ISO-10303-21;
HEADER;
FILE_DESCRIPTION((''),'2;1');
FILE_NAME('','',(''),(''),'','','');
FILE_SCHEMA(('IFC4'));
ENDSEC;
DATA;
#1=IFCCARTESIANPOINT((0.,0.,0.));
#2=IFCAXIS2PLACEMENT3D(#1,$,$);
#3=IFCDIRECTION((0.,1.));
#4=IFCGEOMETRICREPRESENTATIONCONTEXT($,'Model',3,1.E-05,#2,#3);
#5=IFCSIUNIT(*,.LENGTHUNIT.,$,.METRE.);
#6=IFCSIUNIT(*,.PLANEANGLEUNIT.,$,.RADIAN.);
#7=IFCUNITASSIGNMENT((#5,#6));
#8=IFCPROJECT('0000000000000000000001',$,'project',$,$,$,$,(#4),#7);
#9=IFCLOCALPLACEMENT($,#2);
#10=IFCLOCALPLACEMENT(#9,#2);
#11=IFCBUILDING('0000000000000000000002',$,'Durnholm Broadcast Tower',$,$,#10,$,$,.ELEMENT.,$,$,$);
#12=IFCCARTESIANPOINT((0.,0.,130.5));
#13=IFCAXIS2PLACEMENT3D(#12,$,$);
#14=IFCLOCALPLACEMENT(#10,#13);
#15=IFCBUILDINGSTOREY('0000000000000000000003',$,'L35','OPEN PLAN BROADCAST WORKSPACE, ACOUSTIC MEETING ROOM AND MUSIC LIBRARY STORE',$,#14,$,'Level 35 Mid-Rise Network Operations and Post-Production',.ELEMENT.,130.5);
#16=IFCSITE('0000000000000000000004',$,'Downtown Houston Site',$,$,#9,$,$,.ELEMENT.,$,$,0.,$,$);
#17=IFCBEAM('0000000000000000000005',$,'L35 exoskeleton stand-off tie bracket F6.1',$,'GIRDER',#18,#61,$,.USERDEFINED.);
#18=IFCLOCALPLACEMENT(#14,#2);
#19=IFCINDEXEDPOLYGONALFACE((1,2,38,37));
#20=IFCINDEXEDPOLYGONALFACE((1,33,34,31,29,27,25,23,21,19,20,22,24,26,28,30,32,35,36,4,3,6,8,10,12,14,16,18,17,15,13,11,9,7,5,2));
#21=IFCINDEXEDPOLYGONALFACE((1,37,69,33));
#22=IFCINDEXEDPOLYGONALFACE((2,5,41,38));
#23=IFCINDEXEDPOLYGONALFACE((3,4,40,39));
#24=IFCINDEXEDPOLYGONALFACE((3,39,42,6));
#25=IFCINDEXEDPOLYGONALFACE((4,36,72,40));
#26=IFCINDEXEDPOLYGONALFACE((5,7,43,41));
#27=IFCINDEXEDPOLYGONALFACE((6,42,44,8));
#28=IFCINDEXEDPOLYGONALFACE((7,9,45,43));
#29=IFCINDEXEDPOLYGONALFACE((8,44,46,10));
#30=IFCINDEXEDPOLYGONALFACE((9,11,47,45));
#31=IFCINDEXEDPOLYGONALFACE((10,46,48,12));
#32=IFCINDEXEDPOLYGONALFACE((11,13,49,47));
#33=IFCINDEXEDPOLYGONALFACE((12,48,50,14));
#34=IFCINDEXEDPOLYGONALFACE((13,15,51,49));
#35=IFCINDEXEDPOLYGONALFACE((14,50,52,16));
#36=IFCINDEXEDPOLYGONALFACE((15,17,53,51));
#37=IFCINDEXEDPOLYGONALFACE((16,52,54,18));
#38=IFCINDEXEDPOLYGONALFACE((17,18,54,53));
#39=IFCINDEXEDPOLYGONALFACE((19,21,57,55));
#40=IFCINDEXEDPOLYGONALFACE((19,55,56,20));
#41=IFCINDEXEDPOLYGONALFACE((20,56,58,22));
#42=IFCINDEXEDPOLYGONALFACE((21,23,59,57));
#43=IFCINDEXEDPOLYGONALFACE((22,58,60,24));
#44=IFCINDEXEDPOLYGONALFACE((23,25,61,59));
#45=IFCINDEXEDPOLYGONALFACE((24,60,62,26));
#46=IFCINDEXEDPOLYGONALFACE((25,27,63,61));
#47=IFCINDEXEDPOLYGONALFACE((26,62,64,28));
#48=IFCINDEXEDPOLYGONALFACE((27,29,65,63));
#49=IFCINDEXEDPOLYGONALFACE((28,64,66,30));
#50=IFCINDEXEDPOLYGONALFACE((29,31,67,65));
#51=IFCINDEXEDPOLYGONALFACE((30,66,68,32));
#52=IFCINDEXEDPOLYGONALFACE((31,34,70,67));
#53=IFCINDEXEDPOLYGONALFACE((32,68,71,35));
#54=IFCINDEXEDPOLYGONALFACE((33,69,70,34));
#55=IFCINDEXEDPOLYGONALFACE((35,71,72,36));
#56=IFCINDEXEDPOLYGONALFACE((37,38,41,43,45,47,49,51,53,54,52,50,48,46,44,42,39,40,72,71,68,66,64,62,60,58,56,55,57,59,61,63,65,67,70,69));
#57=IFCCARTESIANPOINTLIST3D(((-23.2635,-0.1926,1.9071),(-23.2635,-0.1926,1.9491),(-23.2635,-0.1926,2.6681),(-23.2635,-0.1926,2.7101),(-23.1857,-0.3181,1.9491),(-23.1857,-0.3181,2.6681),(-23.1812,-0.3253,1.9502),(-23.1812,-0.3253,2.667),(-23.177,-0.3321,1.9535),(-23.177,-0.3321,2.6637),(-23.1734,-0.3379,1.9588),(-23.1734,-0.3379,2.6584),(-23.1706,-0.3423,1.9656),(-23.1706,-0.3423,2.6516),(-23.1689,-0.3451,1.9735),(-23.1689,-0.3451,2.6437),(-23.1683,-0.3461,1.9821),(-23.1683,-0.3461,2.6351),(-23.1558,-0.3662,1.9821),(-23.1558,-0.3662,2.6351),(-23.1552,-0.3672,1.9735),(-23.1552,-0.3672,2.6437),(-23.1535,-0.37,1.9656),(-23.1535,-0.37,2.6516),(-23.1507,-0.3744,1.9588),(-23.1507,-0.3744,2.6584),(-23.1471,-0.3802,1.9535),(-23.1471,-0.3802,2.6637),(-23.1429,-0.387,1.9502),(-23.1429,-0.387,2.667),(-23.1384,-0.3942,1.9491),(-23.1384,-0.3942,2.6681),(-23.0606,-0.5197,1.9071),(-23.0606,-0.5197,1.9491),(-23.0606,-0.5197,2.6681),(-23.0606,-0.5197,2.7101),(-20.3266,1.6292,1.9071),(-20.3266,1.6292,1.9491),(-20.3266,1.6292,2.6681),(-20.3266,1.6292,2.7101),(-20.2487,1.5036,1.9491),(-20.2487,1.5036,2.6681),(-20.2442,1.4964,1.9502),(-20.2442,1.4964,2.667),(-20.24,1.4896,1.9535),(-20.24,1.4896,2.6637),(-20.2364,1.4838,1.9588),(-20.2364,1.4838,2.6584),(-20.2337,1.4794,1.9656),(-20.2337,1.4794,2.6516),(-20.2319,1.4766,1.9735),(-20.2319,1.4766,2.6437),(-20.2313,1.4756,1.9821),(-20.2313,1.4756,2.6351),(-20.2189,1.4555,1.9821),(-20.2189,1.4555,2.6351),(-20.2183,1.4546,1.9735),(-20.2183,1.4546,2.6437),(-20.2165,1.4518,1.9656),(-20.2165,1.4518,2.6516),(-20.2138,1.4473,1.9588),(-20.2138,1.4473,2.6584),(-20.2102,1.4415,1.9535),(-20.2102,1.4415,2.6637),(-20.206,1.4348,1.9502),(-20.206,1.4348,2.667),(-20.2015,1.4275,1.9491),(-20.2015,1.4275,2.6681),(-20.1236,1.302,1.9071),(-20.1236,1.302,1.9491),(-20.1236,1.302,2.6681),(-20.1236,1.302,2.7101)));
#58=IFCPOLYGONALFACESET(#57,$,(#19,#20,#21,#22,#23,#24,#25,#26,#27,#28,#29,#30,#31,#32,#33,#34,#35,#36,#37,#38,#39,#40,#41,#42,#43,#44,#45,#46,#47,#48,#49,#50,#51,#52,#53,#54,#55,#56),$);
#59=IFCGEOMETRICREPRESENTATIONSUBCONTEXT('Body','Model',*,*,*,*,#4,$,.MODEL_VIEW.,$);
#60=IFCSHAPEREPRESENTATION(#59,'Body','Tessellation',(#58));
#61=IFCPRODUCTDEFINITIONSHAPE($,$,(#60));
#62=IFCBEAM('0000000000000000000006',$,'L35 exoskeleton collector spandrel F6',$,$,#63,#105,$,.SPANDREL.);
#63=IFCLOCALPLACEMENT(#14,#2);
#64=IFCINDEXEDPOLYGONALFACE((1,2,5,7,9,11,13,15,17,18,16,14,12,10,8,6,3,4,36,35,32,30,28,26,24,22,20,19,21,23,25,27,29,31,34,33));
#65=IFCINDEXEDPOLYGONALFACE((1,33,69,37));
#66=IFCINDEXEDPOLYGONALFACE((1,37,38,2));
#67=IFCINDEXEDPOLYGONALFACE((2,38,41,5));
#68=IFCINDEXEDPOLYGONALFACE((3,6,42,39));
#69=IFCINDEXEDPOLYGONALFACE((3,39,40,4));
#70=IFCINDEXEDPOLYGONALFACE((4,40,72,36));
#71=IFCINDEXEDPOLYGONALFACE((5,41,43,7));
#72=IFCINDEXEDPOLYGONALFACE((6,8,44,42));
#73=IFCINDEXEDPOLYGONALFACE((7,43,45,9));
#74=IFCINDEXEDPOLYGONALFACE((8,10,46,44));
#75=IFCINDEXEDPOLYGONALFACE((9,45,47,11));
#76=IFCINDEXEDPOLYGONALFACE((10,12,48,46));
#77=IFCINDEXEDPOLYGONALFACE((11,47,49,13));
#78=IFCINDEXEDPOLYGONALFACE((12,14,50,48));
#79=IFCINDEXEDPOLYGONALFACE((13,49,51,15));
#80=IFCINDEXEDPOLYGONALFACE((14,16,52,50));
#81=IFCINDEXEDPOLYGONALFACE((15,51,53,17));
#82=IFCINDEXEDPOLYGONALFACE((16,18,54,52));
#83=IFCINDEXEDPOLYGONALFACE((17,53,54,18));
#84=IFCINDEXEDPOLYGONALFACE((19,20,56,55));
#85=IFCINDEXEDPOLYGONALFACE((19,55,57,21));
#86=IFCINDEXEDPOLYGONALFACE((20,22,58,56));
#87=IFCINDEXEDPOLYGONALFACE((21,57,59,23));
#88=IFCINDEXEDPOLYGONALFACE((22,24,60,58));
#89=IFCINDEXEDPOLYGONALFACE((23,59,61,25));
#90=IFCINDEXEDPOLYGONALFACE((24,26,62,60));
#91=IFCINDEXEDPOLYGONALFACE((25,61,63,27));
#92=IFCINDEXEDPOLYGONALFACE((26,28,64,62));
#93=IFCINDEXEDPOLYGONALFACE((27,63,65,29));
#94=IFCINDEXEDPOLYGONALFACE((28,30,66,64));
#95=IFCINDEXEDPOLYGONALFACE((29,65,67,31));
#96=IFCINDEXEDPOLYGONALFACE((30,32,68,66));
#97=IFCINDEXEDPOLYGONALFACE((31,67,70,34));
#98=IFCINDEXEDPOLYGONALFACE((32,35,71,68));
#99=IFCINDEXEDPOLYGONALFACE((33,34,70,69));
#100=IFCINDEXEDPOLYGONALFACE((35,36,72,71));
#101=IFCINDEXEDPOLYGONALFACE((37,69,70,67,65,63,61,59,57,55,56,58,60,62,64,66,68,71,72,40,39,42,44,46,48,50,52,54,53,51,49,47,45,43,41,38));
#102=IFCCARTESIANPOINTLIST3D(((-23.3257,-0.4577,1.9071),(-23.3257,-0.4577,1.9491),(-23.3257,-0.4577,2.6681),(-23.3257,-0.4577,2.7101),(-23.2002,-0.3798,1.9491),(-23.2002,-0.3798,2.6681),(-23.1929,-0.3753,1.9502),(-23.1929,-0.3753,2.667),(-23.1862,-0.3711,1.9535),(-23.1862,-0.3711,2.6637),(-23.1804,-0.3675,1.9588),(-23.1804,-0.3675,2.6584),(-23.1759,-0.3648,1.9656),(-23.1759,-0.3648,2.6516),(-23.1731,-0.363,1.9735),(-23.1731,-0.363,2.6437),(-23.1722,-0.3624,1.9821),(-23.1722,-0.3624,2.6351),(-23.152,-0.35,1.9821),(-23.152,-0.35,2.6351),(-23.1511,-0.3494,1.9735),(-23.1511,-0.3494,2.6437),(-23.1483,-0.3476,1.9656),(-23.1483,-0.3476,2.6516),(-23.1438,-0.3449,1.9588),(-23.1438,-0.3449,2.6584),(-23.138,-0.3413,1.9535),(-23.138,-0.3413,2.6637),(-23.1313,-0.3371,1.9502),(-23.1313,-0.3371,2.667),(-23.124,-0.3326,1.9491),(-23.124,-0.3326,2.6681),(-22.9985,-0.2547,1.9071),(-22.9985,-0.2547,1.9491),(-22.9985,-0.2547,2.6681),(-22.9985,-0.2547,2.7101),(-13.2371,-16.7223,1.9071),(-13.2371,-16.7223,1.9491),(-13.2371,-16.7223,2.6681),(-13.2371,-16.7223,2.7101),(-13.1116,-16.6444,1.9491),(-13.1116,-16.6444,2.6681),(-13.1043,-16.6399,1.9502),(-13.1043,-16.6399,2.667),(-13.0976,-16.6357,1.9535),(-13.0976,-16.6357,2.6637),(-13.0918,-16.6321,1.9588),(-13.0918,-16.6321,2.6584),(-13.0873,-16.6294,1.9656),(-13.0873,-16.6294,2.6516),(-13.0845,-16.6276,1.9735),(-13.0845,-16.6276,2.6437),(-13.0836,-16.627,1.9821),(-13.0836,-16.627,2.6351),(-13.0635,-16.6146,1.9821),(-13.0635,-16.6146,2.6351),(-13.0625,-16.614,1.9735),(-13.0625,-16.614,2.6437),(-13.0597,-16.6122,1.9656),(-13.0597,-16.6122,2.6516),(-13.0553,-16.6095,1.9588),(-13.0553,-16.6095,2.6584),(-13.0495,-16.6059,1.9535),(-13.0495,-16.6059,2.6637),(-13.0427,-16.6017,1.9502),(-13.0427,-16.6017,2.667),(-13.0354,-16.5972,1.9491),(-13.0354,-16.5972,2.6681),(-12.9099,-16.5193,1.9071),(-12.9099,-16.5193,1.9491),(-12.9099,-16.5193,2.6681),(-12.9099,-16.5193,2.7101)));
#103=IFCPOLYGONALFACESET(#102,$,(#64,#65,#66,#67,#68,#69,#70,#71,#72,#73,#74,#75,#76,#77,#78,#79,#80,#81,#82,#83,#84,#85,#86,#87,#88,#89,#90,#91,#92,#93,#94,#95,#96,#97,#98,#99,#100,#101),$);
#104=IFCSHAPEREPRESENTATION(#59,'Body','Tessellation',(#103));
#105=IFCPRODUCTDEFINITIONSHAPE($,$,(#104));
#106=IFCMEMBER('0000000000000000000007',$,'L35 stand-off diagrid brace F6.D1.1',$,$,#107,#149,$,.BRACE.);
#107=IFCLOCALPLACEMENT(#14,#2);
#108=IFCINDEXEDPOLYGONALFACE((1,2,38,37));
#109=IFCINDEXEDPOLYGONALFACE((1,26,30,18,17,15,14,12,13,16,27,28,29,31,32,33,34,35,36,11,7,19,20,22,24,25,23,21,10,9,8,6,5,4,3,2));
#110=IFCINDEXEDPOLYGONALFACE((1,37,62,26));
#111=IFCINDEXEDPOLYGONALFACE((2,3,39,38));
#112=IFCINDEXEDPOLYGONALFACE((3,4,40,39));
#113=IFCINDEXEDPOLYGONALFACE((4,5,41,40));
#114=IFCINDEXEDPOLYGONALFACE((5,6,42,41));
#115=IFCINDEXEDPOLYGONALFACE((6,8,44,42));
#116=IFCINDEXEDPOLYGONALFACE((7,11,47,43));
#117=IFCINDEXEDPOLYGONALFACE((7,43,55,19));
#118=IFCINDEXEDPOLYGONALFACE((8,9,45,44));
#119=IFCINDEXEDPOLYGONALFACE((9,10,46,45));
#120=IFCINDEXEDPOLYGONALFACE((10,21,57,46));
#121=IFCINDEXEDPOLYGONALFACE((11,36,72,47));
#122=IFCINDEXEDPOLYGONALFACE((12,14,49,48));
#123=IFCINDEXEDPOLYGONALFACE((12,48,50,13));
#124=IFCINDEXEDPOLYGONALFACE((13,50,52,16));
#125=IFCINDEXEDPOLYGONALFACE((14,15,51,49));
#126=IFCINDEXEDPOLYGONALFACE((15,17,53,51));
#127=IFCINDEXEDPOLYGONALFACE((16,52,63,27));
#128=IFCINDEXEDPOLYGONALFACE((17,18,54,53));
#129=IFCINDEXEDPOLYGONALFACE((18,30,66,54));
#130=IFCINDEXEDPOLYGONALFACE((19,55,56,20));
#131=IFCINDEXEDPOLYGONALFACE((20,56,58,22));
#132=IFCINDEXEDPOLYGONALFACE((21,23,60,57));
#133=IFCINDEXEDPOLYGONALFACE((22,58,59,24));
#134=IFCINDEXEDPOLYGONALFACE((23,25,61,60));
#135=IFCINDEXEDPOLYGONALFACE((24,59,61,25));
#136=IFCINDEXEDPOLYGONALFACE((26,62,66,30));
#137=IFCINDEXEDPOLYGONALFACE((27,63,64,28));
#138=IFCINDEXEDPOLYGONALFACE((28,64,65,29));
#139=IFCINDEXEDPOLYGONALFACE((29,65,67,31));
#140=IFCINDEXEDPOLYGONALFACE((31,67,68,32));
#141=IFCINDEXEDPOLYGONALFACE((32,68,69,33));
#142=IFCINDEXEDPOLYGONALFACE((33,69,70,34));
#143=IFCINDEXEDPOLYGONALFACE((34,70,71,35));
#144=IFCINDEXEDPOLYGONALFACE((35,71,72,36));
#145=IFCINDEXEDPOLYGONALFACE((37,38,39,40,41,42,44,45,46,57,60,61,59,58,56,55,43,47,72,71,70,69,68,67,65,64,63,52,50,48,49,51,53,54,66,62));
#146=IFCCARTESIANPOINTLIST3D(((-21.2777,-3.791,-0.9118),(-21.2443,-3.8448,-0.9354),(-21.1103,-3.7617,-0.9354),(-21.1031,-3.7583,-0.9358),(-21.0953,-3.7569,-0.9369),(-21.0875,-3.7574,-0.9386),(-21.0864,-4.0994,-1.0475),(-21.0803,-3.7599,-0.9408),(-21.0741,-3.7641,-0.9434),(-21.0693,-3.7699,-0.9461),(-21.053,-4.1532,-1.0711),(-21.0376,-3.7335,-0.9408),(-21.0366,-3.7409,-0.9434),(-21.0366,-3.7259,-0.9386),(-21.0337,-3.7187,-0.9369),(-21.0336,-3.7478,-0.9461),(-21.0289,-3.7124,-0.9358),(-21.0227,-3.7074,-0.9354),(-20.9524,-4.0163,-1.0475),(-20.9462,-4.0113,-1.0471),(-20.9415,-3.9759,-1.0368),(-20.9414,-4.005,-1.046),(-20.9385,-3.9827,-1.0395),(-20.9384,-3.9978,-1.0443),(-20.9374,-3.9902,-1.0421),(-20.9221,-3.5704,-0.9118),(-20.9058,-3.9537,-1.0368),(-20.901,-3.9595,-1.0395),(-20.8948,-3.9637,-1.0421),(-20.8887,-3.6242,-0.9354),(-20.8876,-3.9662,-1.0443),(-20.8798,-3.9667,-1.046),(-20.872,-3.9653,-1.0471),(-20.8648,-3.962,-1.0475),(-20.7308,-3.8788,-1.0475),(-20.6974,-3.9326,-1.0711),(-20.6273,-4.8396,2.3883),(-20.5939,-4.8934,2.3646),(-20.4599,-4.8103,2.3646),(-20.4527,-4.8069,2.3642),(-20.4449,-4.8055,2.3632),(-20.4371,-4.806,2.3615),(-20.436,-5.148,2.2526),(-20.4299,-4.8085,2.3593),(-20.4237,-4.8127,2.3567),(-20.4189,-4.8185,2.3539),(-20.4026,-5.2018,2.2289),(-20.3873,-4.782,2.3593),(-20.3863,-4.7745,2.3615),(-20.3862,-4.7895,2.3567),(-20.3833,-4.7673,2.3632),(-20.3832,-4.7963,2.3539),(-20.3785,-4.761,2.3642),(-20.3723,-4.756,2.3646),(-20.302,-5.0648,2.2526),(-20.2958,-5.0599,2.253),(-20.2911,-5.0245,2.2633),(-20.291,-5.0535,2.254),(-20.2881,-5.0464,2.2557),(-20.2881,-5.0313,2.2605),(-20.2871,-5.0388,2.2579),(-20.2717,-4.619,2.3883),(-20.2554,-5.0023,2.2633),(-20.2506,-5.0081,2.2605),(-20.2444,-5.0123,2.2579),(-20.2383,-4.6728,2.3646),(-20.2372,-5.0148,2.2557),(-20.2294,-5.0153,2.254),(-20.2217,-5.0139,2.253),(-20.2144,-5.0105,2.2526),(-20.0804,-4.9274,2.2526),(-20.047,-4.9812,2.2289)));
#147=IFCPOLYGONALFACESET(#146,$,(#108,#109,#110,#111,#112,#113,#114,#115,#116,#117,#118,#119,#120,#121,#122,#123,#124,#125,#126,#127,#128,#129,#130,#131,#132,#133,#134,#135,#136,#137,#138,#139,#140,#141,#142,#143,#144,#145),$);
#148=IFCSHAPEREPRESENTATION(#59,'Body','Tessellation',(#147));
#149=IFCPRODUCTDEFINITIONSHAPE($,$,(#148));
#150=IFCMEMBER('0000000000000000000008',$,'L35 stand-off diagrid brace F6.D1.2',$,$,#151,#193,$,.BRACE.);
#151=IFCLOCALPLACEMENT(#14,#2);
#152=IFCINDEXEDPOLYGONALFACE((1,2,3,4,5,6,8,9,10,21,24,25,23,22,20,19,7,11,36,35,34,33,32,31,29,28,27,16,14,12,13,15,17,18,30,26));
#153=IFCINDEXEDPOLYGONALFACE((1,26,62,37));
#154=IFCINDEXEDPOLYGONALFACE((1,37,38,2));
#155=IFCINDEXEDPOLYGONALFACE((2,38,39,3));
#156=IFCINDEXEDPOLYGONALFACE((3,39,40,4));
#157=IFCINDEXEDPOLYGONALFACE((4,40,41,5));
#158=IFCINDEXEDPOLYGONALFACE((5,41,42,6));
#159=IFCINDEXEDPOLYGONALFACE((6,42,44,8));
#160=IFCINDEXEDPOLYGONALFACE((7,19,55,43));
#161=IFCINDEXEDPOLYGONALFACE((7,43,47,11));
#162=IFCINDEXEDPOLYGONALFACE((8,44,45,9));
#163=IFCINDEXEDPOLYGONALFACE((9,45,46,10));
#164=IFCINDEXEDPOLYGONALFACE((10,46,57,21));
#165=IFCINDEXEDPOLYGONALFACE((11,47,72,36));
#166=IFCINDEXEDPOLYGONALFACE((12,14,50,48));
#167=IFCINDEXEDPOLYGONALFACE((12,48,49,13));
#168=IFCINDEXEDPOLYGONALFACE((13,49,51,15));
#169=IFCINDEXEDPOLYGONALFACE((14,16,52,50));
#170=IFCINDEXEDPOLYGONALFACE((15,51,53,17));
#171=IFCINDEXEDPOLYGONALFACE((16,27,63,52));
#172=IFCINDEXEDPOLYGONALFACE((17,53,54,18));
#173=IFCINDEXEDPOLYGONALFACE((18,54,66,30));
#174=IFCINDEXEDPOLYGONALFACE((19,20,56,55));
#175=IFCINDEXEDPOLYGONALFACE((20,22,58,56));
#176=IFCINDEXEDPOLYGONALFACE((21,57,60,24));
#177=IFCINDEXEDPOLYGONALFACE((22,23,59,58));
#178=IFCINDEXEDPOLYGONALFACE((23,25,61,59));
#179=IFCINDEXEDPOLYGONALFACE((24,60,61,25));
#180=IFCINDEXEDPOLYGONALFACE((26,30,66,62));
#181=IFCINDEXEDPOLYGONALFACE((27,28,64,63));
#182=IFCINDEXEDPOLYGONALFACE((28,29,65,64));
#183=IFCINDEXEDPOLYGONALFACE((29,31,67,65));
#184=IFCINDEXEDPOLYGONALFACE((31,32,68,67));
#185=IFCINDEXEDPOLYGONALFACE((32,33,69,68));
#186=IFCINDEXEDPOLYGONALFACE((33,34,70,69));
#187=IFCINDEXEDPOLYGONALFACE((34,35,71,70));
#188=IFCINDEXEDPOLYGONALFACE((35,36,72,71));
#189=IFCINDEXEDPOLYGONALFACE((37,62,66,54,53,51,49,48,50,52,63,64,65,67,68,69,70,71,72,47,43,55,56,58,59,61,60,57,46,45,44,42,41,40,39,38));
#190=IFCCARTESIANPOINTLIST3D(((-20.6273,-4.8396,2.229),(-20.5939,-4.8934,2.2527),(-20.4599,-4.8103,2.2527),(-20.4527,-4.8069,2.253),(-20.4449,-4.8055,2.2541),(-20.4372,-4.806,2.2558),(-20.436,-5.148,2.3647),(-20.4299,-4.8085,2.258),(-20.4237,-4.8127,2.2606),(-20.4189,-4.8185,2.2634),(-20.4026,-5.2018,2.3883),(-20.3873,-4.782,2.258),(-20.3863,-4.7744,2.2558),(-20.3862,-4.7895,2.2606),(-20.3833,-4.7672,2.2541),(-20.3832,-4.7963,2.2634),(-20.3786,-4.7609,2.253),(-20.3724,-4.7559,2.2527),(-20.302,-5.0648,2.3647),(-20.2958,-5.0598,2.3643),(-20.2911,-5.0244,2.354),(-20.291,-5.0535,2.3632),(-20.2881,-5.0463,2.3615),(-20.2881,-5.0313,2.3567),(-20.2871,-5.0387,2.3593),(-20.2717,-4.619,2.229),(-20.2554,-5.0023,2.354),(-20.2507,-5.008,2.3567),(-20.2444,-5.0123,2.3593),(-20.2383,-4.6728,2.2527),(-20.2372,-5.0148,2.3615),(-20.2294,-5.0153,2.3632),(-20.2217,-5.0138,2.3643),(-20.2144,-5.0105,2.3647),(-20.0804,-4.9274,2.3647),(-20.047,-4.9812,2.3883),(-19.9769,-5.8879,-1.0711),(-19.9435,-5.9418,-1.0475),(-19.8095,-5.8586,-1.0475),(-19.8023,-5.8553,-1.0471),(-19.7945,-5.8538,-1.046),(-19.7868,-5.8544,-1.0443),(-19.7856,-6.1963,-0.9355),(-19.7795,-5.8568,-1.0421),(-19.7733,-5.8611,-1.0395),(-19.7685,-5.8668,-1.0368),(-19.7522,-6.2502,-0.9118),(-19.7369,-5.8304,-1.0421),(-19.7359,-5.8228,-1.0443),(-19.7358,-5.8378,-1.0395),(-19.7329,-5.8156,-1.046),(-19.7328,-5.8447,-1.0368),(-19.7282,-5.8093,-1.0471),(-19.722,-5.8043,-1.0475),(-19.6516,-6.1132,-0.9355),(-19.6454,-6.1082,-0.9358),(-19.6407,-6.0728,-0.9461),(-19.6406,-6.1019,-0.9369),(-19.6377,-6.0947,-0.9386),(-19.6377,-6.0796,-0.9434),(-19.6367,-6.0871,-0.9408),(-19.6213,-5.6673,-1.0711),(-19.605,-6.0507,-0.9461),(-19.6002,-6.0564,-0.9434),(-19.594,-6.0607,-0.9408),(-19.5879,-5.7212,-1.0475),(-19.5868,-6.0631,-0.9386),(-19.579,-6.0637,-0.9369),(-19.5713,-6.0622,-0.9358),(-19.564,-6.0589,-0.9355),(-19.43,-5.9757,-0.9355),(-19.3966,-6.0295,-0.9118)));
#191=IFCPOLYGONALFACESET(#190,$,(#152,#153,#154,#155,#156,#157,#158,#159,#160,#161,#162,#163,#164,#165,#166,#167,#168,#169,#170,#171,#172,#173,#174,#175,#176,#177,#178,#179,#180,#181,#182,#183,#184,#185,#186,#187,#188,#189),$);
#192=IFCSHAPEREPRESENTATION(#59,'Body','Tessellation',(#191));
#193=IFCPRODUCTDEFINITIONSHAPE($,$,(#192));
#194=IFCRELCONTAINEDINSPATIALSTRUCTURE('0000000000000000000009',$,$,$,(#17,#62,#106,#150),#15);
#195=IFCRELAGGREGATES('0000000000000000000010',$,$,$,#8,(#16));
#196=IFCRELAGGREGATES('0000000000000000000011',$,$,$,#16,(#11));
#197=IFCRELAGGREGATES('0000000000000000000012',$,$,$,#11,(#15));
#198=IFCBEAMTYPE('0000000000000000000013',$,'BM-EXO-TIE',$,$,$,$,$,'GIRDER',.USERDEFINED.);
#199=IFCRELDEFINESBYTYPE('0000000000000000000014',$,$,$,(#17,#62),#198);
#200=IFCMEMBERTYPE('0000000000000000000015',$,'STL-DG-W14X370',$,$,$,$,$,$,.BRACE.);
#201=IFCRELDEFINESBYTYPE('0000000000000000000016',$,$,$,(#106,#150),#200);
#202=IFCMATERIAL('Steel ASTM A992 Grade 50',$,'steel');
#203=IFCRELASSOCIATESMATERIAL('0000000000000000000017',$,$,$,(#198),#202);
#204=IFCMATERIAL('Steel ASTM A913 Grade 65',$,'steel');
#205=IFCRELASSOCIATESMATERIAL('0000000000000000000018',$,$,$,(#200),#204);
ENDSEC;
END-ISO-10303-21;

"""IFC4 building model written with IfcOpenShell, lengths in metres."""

from ifc_helpers import new_model, si_unit, direction, frame, origin, origin_2d, place, context, subcontext, project, spatial, i_section, extrude, source, transform, mapped, material, material_profile, profile_set, type_object, type_shapes, element, save


model = new_model("IFC4")

# Units and contexts
model_context = context("Model", 3, precision=1e-05, world=origin(), true_north=direction((0.0, 1.0)))
body_context = subcontext(model_context, "Body", "Model", "MODEL_VIEW")
ifc_project = project(units=[si_unit("LENGTHUNIT", "METRE"), si_unit("PLANEANGLEUNIT", "RADIAN")], contexts=[model_context])

# Site, building, storey
site_placement = place(None, origin())
site = spatial("IfcSite", under=ifc_project, at=site_placement, Name="Downtown Houston Site", CompositionType="ELEMENT", RefElevation=0.0)
building_placement = place(site_placement, origin())
building = spatial("IfcBuilding", under=site, at=building_placement, Name="Durnholm Broadcast Tower", CompositionType="ELEMENT")
storey_placement = place(building_placement, frame((0.0, 0.0, 130.5)))
storey = spatial("IfcBuildingStorey", under=building, at=storey_placement, Name="L35", Description="OPEN PLAN BROADCAST WORKSPACE, ACOUSTIC MEETING ROOM AND MUSIC LIBRARY STORE", LongName="Level 35 Mid-Rise Network Operations and Post-Production", CompositionType="ELEMENT", Elevation=130.5)

# Beams
ifc_material_1 = material(Name="Steel ASTM A992 Grade 50", Category="steel")
ifc_material_profile_1 = material_profile(ifc_material_1, i_section(OverallWidth=0.385, OverallDepth=0.803, WebThickness=0.0237, FlangeThickness=0.042, FilletRadius=0.033, at=origin_2d()), Name="W30X261")
ifc_profile_set_1 = profile_set([ifc_material_profile_1], Name="Steel ASTM A992 Grade 50")
beam_type = type_object("IfcBeamType", Name="BM-EXO-TIE", ElementType="GIRDER", PredefinedType="USERDEFINED", material=ifc_profile_set_1)
shared_shape_1 = source(origin(), body_context, "Body", "SweptSolid", [
    extrude(i_section(OverallWidth=0.385, OverallDepth=0.803, WebThickness=0.0237, FlangeThickness=0.042, FilletRadius=0.033, at=origin_2d()), origin(), (0.0, 0.0, 1.0), 3.4561),
])
beam_1_placement = place(storey_placement, frame((-20.2251, 1.4656, 2.3086), z_axis=(-0.849795, -0.527113, 0.0), x_axis=(0.527113, -0.849795, 0.0)))
element("IfcBeam", 1, at=beam_1_placement, inside=storey, type_object=beam_type, Name="L35 exoskeleton stand-off tie bracket F6.1", ObjectType="GIRDER", PredefinedType="USERDEFINED", context=body_context, shape_type="MappedRepresentation", body=[
    mapped(shared_shape_1, transform((0.0, 0.0, 0.0), x_axis=(1.0, 0.0, 0.0), y_axis=(0.0, 1.0, 0.0), z_axis=(0.0, 0.0, 1.0), scale=1.0)),
])
shared_shape_2 = source(origin(), body_context, "Body", "SweptSolid", [
    extrude(i_section(OverallWidth=0.385, OverallDepth=0.803, WebThickness=0.0237, FlangeThickness=0.042, FilletRadius=0.033, at=origin_2d()), origin(), (0.0, 0.0, 1.0), 19.1394),
])
type_shapes(beam_type, [shared_shape_1, shared_shape_2])
beam_2_placement = place(storey_placement, frame((-23.1621, -0.3562, 2.3086), z_axis=(0.527111, -0.849796, 0.0), x_axis=(0.849796, 0.527111, 0.0)))
element("IfcBeam", 2, at=beam_2_placement, inside=storey, type_object=beam_type, Name="L35 exoskeleton collector spandrel F6", PredefinedType="SPANDREL", context=body_context, shape_type="MappedRepresentation", body=[
    mapped(shared_shape_2, transform((0.0, 0.0, 0.0), x_axis=(1.0, 0.0, 0.0), y_axis=(0.0, 1.0, 0.0), z_axis=(0.0, 0.0, 1.0), scale=1.0)),
])

# Members
ifc_material_2 = material(Name="Steel ASTM A913 Grade 65", Category="steel")
ifc_material_profile_2 = material_profile(ifc_material_2, i_section(OverallWidth=0.4185, OverallDepth=0.4551, WebThickness=0.042, FlangeThickness=0.0676, FilletRadius=0.0305, at=origin_2d()), Name="W14X370")
ifc_profile_set_2 = profile_set([ifc_material_profile_2], Name="Steel ASTM A913 Grade 65")
member_type_1 = type_object("IfcMemberType", Name="STL-DG-W14X370", PredefinedType="BRACE", material=ifc_profile_set_2)
shared_shape_3 = source(origin(), body_context, "Body", "SweptSolid", [
    extrude(i_section(OverallWidth=0.4185, OverallDepth=0.4551, WebThickness=0.042, FlangeThickness=0.0676, FilletRadius=0.0305, at=origin_2d()), origin(), (0.0, 0.0, 1.0), 3.5232),
])
type_shapes(member_type_1, [shared_shape_3])
for number, where, z_axis, x_axis, name in (
    (3, (-20.9875, -3.8618, -0.9915), (0.184603, -0.297624, 0.936665), (0.849805, 0.527097, 0.0), "L35 stand-off diagrid brace F6.D1.1"),
    (4, (-19.6868, -5.9587, -0.9915), (-0.184607, 0.29756, 0.936685), (-0.84975, -0.527186, 0.0), "L35 stand-off diagrid brace F6.D1.2"),
):
    element("IfcMember", number, at=place(storey_placement, frame(where, z_axis=z_axis, x_axis=x_axis)), inside=storey, type_object=member_type_1, Name=name, PredefinedType="BRACE", context=body_context, shape_type="MappedRepresentation", body=[
        mapped(shared_shape_3, transform((0.0, 0.0, 0.0), x_axis=(1.0, 0.0, 0.0), y_axis=(0.0, 1.0, 0.0), z_axis=(0.0, 0.0, 1.0), scale=1.0)),
    ])

save(model, "model.ifc")
